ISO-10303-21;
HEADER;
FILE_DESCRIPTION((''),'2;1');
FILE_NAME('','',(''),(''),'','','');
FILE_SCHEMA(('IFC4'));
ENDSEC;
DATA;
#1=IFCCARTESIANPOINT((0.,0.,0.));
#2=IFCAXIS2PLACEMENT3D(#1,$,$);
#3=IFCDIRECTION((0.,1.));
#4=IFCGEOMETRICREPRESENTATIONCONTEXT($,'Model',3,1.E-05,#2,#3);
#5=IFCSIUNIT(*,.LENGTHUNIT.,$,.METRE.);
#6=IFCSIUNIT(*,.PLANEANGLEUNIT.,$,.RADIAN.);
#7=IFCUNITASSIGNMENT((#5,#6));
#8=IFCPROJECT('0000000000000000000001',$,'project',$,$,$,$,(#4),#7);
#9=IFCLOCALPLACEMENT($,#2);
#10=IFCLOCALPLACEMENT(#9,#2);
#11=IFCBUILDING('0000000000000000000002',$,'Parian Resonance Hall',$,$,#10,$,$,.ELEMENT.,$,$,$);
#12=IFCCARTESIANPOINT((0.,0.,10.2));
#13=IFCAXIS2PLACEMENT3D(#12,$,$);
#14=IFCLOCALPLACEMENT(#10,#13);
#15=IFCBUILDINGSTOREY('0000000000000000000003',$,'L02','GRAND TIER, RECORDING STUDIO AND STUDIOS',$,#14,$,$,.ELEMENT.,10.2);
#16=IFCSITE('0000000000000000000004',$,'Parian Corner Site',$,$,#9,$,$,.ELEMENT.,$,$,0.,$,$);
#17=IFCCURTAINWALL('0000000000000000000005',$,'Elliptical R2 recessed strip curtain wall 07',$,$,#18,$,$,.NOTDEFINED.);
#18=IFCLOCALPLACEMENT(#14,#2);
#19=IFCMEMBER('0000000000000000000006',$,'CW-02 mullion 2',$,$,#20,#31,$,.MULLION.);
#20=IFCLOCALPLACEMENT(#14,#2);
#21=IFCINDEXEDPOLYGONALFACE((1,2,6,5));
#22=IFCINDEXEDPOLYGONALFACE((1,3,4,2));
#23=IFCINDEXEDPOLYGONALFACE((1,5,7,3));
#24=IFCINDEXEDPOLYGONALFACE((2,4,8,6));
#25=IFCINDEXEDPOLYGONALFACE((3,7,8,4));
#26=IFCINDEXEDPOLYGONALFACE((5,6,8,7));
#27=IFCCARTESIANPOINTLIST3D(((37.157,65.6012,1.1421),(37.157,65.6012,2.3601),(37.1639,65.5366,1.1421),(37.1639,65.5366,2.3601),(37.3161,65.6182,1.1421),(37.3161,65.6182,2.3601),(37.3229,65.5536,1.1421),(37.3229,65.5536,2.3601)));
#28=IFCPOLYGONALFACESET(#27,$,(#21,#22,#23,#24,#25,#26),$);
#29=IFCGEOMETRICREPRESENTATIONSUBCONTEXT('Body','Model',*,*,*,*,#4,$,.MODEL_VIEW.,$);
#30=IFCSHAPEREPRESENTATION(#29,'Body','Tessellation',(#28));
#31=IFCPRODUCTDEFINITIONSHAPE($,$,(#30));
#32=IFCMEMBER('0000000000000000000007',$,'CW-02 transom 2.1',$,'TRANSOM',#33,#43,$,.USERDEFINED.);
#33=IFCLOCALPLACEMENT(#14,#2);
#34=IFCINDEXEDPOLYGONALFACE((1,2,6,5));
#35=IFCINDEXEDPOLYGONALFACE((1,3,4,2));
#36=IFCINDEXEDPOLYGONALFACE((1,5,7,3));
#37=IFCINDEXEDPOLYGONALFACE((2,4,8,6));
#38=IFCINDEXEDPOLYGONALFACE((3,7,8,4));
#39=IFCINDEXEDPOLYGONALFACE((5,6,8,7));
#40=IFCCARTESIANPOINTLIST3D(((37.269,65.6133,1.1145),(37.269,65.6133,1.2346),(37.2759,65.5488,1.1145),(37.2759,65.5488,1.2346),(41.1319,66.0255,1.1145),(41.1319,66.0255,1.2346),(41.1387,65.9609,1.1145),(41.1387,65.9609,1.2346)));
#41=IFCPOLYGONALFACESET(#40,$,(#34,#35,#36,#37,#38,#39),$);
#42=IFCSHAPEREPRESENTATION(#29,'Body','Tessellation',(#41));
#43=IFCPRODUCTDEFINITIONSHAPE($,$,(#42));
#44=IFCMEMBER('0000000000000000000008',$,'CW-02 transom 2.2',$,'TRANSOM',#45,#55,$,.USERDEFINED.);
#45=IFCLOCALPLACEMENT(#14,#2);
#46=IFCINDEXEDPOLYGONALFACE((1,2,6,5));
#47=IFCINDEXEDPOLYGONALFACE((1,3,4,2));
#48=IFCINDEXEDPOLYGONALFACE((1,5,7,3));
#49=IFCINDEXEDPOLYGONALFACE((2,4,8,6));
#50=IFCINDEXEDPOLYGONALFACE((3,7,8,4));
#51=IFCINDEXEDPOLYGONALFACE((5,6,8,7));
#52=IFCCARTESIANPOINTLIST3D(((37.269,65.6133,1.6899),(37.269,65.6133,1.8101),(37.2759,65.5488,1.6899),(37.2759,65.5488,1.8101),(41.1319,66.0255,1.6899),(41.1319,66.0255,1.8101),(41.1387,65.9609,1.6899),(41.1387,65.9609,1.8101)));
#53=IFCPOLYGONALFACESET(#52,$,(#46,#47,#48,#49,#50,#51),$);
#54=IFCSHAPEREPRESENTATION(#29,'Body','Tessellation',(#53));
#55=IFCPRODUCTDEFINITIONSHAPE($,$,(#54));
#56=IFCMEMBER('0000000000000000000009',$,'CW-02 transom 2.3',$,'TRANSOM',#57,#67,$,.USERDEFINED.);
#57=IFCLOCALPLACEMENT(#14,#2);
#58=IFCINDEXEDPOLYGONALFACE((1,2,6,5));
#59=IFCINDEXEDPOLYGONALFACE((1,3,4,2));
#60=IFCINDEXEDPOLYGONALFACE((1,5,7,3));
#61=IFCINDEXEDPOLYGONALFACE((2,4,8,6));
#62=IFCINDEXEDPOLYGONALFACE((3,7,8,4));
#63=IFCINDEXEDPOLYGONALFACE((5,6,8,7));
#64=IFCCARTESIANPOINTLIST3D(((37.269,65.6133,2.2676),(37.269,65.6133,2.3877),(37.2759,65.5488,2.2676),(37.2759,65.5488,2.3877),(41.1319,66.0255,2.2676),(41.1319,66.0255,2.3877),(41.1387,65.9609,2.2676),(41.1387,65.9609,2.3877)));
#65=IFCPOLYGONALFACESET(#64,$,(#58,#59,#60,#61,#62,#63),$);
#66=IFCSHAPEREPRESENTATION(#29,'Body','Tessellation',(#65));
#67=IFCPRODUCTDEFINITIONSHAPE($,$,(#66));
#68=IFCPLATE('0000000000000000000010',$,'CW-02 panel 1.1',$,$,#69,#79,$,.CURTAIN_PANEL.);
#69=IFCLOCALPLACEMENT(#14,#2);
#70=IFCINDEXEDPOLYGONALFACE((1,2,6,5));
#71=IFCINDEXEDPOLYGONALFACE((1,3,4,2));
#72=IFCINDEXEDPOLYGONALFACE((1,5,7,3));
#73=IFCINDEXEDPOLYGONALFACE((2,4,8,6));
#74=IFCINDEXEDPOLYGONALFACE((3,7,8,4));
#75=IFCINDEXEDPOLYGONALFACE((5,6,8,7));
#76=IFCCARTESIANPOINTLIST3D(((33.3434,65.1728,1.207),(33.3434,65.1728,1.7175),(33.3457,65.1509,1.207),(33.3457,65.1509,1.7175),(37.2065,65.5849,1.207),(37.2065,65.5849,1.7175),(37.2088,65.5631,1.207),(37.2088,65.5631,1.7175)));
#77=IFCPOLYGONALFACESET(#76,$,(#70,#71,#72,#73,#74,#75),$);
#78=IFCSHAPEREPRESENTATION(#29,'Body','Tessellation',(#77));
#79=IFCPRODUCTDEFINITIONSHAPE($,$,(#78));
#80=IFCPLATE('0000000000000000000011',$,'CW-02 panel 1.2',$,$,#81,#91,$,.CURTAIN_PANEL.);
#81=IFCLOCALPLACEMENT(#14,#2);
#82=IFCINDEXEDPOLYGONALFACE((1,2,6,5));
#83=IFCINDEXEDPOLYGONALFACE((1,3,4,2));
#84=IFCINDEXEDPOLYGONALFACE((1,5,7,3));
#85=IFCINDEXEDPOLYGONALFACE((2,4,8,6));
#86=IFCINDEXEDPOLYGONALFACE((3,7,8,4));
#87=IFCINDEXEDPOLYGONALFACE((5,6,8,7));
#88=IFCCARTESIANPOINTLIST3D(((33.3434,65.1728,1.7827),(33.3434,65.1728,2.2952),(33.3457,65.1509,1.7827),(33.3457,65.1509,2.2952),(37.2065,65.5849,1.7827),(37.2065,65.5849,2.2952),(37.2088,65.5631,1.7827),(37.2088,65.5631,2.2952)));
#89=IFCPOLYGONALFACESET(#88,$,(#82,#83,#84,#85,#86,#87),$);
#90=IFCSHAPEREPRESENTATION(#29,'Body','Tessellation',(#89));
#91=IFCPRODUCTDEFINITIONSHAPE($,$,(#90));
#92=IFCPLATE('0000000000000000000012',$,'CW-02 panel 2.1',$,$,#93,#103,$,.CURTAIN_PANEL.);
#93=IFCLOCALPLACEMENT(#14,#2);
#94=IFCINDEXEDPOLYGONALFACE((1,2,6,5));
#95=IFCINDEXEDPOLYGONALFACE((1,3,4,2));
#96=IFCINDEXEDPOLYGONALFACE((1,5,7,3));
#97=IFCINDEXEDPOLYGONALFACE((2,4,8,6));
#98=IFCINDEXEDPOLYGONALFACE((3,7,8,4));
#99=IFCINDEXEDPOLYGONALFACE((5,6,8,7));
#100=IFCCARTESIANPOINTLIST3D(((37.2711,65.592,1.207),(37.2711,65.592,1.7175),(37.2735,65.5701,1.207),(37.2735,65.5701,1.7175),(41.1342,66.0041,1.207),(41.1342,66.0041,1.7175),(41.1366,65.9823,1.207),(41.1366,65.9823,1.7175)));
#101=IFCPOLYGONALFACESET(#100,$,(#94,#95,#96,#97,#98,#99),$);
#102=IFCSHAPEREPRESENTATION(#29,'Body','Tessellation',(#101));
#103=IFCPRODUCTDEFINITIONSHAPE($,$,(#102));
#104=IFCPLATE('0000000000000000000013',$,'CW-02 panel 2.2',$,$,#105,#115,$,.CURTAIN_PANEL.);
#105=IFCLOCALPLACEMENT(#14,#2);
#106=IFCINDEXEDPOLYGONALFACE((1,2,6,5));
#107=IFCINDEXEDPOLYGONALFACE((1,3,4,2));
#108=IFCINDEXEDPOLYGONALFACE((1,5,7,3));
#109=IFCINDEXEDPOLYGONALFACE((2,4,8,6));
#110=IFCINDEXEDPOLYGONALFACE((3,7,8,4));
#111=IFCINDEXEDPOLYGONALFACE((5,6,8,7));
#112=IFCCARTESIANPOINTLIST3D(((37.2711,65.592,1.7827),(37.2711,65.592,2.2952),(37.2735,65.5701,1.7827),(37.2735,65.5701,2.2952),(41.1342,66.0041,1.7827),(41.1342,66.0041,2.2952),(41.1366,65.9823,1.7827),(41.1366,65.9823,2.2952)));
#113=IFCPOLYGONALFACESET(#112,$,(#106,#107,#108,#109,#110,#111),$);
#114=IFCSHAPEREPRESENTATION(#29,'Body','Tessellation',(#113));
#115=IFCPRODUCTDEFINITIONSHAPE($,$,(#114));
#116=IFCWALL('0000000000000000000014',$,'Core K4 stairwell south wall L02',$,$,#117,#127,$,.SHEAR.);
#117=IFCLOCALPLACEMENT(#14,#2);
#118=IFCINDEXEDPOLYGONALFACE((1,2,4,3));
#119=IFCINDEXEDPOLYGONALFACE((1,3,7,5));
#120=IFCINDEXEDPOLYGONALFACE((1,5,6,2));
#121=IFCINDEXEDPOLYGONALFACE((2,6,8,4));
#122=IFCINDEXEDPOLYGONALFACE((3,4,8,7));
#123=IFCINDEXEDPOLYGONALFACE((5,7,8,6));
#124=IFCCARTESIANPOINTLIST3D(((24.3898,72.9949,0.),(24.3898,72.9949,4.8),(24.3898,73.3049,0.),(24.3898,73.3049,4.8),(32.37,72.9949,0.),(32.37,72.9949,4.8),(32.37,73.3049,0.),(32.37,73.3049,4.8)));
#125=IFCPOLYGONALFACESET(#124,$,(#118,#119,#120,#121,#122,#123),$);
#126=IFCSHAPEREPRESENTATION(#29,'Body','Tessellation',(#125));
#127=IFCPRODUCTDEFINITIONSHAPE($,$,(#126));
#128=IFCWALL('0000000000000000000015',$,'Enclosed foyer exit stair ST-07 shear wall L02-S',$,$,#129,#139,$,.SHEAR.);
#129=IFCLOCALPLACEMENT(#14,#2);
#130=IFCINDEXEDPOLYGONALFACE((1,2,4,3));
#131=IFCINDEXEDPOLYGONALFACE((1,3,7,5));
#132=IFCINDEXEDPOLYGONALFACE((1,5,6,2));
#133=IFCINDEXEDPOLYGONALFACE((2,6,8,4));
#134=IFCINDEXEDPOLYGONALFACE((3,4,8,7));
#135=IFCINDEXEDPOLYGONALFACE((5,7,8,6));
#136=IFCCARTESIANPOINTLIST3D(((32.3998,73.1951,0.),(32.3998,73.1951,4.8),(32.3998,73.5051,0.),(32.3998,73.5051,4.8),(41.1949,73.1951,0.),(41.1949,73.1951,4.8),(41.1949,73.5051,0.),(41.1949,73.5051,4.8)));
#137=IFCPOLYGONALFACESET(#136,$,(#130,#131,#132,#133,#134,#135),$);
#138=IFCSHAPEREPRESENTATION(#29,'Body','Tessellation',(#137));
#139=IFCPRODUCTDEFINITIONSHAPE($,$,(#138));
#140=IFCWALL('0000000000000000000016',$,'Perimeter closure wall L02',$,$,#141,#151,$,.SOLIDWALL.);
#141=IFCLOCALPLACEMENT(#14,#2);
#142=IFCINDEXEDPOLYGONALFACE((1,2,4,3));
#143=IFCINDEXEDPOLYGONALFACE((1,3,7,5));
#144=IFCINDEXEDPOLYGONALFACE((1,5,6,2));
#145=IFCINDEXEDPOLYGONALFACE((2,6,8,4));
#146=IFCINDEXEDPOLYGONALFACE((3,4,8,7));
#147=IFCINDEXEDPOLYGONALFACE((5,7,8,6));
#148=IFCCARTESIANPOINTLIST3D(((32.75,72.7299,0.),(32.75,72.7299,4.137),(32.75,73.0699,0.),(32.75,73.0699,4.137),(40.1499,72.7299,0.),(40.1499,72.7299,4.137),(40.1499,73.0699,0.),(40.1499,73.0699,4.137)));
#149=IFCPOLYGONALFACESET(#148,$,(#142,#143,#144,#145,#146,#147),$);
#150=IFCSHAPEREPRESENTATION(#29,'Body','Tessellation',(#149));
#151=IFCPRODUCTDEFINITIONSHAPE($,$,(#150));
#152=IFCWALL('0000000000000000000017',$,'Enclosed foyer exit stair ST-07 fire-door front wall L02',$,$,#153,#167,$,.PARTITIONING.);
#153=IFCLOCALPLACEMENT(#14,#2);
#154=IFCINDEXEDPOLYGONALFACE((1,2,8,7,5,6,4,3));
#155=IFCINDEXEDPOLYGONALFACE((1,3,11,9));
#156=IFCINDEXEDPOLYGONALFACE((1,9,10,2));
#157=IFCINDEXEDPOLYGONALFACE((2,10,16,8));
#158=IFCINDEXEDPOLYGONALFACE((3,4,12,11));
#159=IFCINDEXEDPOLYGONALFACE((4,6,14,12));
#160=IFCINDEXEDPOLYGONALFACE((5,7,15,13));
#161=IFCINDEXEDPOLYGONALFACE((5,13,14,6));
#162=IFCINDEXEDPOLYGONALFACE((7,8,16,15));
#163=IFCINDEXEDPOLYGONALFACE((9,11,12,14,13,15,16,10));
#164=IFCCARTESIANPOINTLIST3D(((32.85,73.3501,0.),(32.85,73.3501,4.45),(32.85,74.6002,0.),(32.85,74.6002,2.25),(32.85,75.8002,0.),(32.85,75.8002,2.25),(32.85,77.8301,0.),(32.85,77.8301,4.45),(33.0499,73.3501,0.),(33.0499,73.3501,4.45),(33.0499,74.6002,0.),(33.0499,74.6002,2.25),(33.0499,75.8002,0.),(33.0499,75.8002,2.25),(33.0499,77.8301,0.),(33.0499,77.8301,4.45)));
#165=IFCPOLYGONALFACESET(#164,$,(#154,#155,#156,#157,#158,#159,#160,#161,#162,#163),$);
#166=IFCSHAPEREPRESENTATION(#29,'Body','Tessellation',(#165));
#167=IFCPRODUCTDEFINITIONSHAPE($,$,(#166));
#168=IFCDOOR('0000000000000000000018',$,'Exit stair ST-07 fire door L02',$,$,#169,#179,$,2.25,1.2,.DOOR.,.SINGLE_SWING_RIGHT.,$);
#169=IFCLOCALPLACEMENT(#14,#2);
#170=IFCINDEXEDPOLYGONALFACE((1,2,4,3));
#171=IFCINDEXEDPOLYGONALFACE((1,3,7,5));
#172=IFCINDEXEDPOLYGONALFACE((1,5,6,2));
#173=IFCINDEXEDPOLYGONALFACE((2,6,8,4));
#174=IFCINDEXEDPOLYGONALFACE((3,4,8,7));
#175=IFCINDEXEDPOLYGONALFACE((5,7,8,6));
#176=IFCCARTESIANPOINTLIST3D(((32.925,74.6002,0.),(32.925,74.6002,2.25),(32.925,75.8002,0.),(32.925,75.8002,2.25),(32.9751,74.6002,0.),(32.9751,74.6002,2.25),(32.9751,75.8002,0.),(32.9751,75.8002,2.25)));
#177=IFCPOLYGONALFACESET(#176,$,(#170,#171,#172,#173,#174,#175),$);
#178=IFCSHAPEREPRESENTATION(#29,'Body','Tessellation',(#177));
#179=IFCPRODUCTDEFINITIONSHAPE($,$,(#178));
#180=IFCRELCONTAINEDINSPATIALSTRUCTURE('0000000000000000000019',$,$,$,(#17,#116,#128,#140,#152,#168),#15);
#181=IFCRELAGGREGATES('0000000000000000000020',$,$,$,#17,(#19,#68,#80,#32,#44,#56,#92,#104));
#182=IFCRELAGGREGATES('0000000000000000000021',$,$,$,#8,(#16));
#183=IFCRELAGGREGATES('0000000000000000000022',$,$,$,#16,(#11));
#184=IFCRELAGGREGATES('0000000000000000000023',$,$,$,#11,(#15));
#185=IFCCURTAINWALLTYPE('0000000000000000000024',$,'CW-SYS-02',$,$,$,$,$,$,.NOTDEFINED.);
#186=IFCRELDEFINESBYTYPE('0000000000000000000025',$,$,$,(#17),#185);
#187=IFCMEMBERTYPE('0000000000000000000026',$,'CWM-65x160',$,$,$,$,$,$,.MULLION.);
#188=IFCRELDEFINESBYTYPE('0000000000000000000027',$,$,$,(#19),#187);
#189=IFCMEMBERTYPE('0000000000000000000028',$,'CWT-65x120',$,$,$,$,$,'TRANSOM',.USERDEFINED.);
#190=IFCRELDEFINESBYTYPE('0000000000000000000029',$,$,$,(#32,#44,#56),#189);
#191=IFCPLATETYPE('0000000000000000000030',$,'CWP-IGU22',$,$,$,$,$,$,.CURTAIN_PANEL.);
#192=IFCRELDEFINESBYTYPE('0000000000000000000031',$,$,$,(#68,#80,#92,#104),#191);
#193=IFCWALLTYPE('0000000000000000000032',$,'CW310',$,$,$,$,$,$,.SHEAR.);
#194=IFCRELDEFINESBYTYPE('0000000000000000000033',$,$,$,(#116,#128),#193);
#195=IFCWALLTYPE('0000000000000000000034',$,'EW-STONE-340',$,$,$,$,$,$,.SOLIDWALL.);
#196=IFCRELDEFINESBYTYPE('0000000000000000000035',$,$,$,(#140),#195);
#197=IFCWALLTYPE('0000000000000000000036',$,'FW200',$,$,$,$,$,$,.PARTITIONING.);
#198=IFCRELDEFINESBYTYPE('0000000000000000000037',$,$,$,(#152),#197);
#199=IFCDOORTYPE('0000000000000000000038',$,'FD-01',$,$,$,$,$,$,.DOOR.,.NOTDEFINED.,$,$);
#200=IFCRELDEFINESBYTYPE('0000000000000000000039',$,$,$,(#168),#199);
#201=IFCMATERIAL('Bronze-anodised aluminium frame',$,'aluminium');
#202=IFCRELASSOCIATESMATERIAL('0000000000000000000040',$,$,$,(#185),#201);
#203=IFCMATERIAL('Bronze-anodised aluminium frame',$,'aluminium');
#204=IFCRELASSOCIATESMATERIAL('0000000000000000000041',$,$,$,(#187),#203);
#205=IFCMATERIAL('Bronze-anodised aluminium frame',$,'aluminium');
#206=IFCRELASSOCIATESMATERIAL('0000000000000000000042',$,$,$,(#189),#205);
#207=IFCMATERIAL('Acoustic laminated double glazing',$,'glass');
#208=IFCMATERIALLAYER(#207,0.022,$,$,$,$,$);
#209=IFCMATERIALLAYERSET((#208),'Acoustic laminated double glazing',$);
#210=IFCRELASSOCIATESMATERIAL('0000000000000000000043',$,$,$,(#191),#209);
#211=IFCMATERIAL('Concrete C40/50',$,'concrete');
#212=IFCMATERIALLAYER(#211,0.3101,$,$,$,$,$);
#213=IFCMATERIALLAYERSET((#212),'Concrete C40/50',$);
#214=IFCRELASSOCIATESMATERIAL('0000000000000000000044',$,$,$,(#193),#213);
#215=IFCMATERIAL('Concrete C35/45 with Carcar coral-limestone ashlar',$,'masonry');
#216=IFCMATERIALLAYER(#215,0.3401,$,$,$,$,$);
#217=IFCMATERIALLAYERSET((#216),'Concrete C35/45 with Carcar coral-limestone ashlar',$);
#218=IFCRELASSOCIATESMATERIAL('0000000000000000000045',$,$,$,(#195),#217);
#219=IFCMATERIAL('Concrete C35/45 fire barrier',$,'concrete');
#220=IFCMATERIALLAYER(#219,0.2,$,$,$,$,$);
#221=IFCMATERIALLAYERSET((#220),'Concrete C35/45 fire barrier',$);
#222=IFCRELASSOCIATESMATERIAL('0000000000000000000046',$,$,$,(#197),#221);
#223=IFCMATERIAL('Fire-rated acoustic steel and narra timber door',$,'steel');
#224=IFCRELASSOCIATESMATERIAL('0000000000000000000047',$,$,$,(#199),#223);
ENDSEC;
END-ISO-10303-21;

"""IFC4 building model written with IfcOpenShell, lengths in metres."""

from ifc_helpers import new_model, si_unit, direction, frame, frame_2d, origin, origin_2d, place, context, subcontext, project, spatial, rectangle, extrude, material, layer, layer_set, material_profile, profile_set, type_object, element, fill, aggregate, save


model = new_model("IFC4")

# Units and contexts
model_context = context("Model", 3, precision=1e-05, world=origin(), true_north=direction((0.0, 1.0)))
body_context = subcontext(model_context, "Body", "Model", "MODEL_VIEW")
ifc_project = project(units=[si_unit("LENGTHUNIT", "METRE"), si_unit("PLANEANGLEUNIT", "RADIAN")], contexts=[model_context])

# Site, building, storey
site_placement = place(None, origin())
site = spatial("IfcSite", under=ifc_project, at=site_placement, Name="Parian Corner Site", CompositionType="ELEMENT", RefElevation=0.0)
building_placement = place(site_placement, origin())
building = spatial("IfcBuilding", under=site, at=building_placement, Name="Parian Resonance Hall", CompositionType="ELEMENT")
storey_placement = place(building_placement, frame((0.0, 0.0, 10.2)))
storey = spatial("IfcBuildingStorey", under=building, at=storey_placement, Name="L02", Description="GRAND TIER, RECORDING STUDIO AND STUDIOS", CompositionType="ELEMENT", Elevation=10.2)

# Curtain wall, members, plates
ifc_material_1 = material(Name="Bronze-anodised aluminium frame", Category="aluminium")
curtain_wall_type = type_object("IfcCurtainWallType", Name="CW-SYS-02", PredefinedType="NOTDEFINED", material=ifc_material_1)
curtain_wall_placement = place(storey_placement, origin())
curtain_wall = element("IfcCurtainWall", 1, at=curtain_wall_placement, inside=storey, type_object=curtain_wall_type, Name="Elliptical R2 recessed strip curtain wall 07", PredefinedType="NOTDEFINED")
ifc_material_2 = material(Name="Bronze-anodised aluminium frame", Category="aluminium")
ifc_material_profile_1 = material_profile(ifc_material_2, rectangle(XDim=0.0649, YDim=0.1599, at=origin_2d()), Name="CWM-65x160")
ifc_profile_set_1 = profile_set([ifc_material_profile_1], Name="Bronze-anodised aluminium frame")
member_type_1 = type_object("IfcMemberType", Name="CWM-65x160", PredefinedType="MULLION", material=ifc_profile_set_1)
member_1_placement = place(storey_placement, frame((37.24, 65.5774, 1.1421), z_axis=(0.0, 0.0, 1.0), x_axis=(-0.106091, 0.994356, 0.0)))
member_1 = element("IfcMember", 2, at=member_1_placement, type_object=member_type_1, Name="CW-02 mullion 2", PredefinedType="MULLION", context=body_context, shape_type="SweptSolid", body=[
    extrude(rectangle(XDim=0.0649, YDim=0.1599, at=origin_2d()), origin(), (0.0, 0.0, 1.0), 1.218),
])
ifc_material_3 = material(Name="Bronze-anodised aluminium frame", Category="aluminium")
ifc_material_profile_2 = material_profile(ifc_material_3, rectangle(XDim=0.0649, YDim=0.1201, at=origin_2d()), Name="CWT-65x120")
ifc_profile_set_2 = profile_set([ifc_material_profile_2], Name="Bronze-anodised aluminium frame")
member_type_2 = type_object("IfcMemberType", Name="CWT-65x120", ElementType="TRANSOM", PredefinedType="USERDEFINED", material=ifc_profile_set_2)
member_2_placement = place(storey_placement, frame((37.2725, 65.5811, 1.1746), z_axis=(0.994357, 0.106085, 0.0), x_axis=(-0.106085, 0.994357, 0.0)))
member_2 = element("IfcMember", 3, at=member_2_placement, type_object=member_type_2, Name="CW-02 transom 2.1", ObjectType="TRANSOM", PredefinedType="USERDEFINED", context=body_context, shape_type="SweptSolid", body=[
    extrude(rectangle(XDim=0.0649, YDim=0.1201, at=origin_2d()), origin(), (0.0, 0.0, 1.0), 3.8848),
])
member_3_placement = place(storey_placement, frame((37.2725, 65.5811, 1.75), z_axis=(0.994357, 0.106085, 0.0), x_axis=(-0.106085, 0.994357, 0.0)))
member_3 = element("IfcMember", 4, at=member_3_placement, type_object=member_type_2, Name="CW-02 transom 2.2", ObjectType="TRANSOM", PredefinedType="USERDEFINED", context=body_context, shape_type="SweptSolid", body=[
    extrude(rectangle(XDim=0.0649, YDim=0.1201, at=origin_2d()), origin(), (0.0, 0.0, 1.0), 3.8848),
])
member_4_placement = place(storey_placement, frame((37.2725, 65.5811, 2.3276), z_axis=(0.994357, 0.106085, 0.0), x_axis=(-0.106085, 0.994357, 0.0)))
member_4 = element("IfcMember", 5, at=member_4_placement, type_object=member_type_2, Name="CW-02 transom 2.3", ObjectType="TRANSOM", PredefinedType="USERDEFINED", context=body_context, shape_type="SweptSolid", body=[
    extrude(rectangle(XDim=0.0649, YDim=0.1201, at=origin_2d()), origin(), (0.0, 0.0, 1.0), 3.8848),
])
ifc_material_4 = material(Name="Acoustic laminated double glazing", Category="glass")
ifc_layer_1 = layer(ifc_material_4, 0.022)
ifc_layer_set_1 = layer_set([ifc_layer_1], Name="Acoustic laminated double glazing")
plate_type = type_object("IfcPlateType", Name="CWP-IGU22", PredefinedType="CURTAIN_PANEL", material=ifc_layer_set_1)
plate_1_placement = place(storey_placement, frame((35.2761, 65.3679, 1.207), z_axis=(0.0, 0.0, 1.0), x_axis=(0.994356, 0.106091, 0.0)))
plate_1 = element("IfcPlate", 6, at=plate_1_placement, type_object=plate_type, Name="CW-02 panel 1.1", PredefinedType="CURTAIN_PANEL", context=body_context, shape_type="SweptSolid", body=[
    extrude(rectangle(XDim=3.885, YDim=0.022, at=origin_2d()), origin(), (0.0, 0.0, 1.0), 0.5105),
])
plate_2_placement = place(storey_placement, frame((35.2761, 65.3679, 1.7827), z_axis=(0.0, 0.0, 1.0), x_axis=(0.994356, 0.106091, 0.0)))
plate_2 = element("IfcPlate", 7, at=plate_2_placement, type_object=plate_type, Name="CW-02 panel 1.2", PredefinedType="CURTAIN_PANEL", context=body_context, shape_type="SweptSolid", body=[
    extrude(rectangle(XDim=3.885, YDim=0.022, at=origin_2d()), origin(), (0.0, 0.0, 1.0), 0.5125),
])
plate_3_placement = place(storey_placement, frame((39.2039, 65.7871, 1.207), z_axis=(0.0, 0.0, 1.0), x_axis=(0.994356, 0.106091, 0.0)))
plate_3 = element("IfcPlate", 8, at=plate_3_placement, type_object=plate_type, Name="CW-02 panel 2.1", PredefinedType="CURTAIN_PANEL", context=body_context, shape_type="SweptSolid", body=[
    extrude(rectangle(XDim=3.885, YDim=0.022, at=origin_2d()), origin(), (0.0, 0.0, 1.0), 0.5105),
])
plate_4_placement = place(storey_placement, frame((39.2039, 65.7871, 1.7827), z_axis=(0.0, 0.0, 1.0), x_axis=(0.994356, 0.106091, 0.0)))
plate_4 = element("IfcPlate", 9, at=plate_4_placement, type_object=plate_type, Name="CW-02 panel 2.2", PredefinedType="CURTAIN_PANEL", context=body_context, shape_type="SweptSolid", body=[
    extrude(rectangle(XDim=3.885, YDim=0.022, at=origin_2d()), origin(), (0.0, 0.0, 1.0), 0.5125),
])
aggregate(curtain_wall, [member_1, plate_1, plate_2, member_2, member_3, member_4, plate_3, plate_4])

# Walls
ifc_material_5 = material(Name="Concrete C40/50", Category="concrete")
ifc_layer_2 = layer(ifc_material_5, 0.3101)
ifc_layer_set_2 = layer_set([ifc_layer_2], Name="Concrete C40/50")
wall_type_1 = type_object("IfcWallType", Name="CW310", PredefinedType="SHEAR", material=ifc_layer_set_2)
wall_1_placement = place(storey_placement, frame((32.3701, 73.1499, 0.0), z_axis=(0.0, 0.0, 1.0), x_axis=(-1.0, 0.0, 0.0)))
element("IfcWall", 10, at=wall_1_placement, inside=storey, type_object=wall_type_1, Name="Core K4 stairwell south wall L02", PredefinedType="SHEAR", context=body_context, shape_type="SweptSolid", body=[
    extrude(rectangle(XDim=7.9802, YDim=0.3101, at=frame_2d((3.9902, 0.0))), origin(), (0.0, 0.0, 1.0), 4.8),
])
wall_2_placement = place(storey_placement, frame((32.3999, 73.3501, 0.0), z_axis=(0.0, 0.0, 1.0), x_axis=(1.0, 0.0, 0.0)))
element("IfcWall", 11, at=wall_2_placement, inside=storey, type_object=wall_type_1, Name="Enclosed foyer exit stair ST-07 shear wall L02-S", PredefinedType="SHEAR", context=body_context, shape_type="SweptSolid", body=[
    extrude(rectangle(XDim=8.7952, YDim=0.3101, at=frame_2d((4.3975, 0.0))), origin(), (0.0, 0.0, 1.0), 4.8),
])
ifc_material_6 = material(Name="Concrete C35/45 with Carcar coral-limestone ashlar", Category="masonry")
ifc_layer_3 = layer(ifc_material_6, 0.3401)
ifc_layer_set_3 = layer_set([ifc_layer_3], Name="Concrete C35/45 with Carcar coral-limestone ashlar")
wall_type_2 = type_object("IfcWallType", Name="EW-STONE-340", PredefinedType="SOLIDWALL", material=ifc_layer_set_3)
wall_3_placement = place(storey_placement, frame((32.75, 72.8999, 0.0), z_axis=(0.0, 0.0, 1.0), x_axis=(1.0, 0.0, 0.0)))
element("IfcWall", 12, at=wall_3_placement, inside=storey, type_object=wall_type_2, Name="Perimeter closure wall L02", PredefinedType="SOLIDWALL", context=body_context, shape_type="SweptSolid", body=[
    extrude(rectangle(XDim=7.3999, YDim=0.3401, at=frame_2d((3.7, 0.0))), origin(), (0.0, 0.0, 1.0), 4.137),
])

# Wall, opening, door
ifc_material_7 = material(Name="Concrete C35/45 fire barrier", Category="concrete")
ifc_layer_4 = layer(ifc_material_7, 0.2)
ifc_layer_set_4 = layer_set([ifc_layer_4], Name="Concrete C35/45 fire barrier")
wall_type_3 = type_object("IfcWallType", Name="FW200", PredefinedType="PARTITIONING", material=ifc_layer_set_4)
wall_4_placement = place(storey_placement, frame((32.95, 73.3501, 0.0), z_axis=(0.0, 0.0, 1.0), x_axis=(0.0, 1.0, 0.0)))
wall_4 = element("IfcWall", 13, at=wall_4_placement, inside=storey, type_object=wall_type_3, Name="Enclosed foyer exit stair ST-07 fire-door front wall L02", PredefinedType="PARTITIONING", context=body_context, shape_type="SweptSolid", body=[
    extrude(rectangle(XDim=4.48, YDim=0.2, at=frame_2d((2.24, 0.0))), origin(), (0.0, 0.0, 1.0), 4.45),
])
opening_placement = place(wall_4_placement, frame((1.25, 0.0, 0.0)))
opening = element("IfcOpeningElement", 14, at=opening_placement, cuts=wall_4, PredefinedType="OPENING", context=body_context, shape_type="SweptSolid", body=[
    extrude(rectangle(XDim=1.2, YDim=2.25, at=frame_2d((0.6001, 1.125))), frame((0.0, 0.1099, 0.0), z_axis=(0.0, -1.0, 0.0), x_axis=(1.0, 0.0, 0.0)), (0.0, 0.0, 1.0), 0.22),
])
ifc_material_8 = material(Name="Fire-rated acoustic steel and narra timber door", Category="steel")
door_type = type_object("IfcDoorType", Name="FD-01", OperationType="NOTDEFINED", PredefinedType="DOOR", material=ifc_material_8)
door_placement = place(opening_placement, origin())
door = element("IfcDoor", 15, at=door_placement, inside=storey, type_object=door_type, Name="Exit stair ST-07 fire door L02", OperationType="SINGLE_SWING_RIGHT", OverallHeight=2.25, OverallWidth=1.2, PredefinedType="DOOR", context=body_context, shape_type="SweptSolid", body=[
    extrude(rectangle(XDim=1.2, YDim=2.25, at=frame_2d((0.6001, 1.125))), frame((0.0, 0.0249, 0.0), z_axis=(0.0, -1.0, 0.0), x_axis=(1.0, 0.0, 0.0)), (0.0, 0.0, 1.0), 0.05),
])
fill(opening, door)

save(model, "model.ifc")
